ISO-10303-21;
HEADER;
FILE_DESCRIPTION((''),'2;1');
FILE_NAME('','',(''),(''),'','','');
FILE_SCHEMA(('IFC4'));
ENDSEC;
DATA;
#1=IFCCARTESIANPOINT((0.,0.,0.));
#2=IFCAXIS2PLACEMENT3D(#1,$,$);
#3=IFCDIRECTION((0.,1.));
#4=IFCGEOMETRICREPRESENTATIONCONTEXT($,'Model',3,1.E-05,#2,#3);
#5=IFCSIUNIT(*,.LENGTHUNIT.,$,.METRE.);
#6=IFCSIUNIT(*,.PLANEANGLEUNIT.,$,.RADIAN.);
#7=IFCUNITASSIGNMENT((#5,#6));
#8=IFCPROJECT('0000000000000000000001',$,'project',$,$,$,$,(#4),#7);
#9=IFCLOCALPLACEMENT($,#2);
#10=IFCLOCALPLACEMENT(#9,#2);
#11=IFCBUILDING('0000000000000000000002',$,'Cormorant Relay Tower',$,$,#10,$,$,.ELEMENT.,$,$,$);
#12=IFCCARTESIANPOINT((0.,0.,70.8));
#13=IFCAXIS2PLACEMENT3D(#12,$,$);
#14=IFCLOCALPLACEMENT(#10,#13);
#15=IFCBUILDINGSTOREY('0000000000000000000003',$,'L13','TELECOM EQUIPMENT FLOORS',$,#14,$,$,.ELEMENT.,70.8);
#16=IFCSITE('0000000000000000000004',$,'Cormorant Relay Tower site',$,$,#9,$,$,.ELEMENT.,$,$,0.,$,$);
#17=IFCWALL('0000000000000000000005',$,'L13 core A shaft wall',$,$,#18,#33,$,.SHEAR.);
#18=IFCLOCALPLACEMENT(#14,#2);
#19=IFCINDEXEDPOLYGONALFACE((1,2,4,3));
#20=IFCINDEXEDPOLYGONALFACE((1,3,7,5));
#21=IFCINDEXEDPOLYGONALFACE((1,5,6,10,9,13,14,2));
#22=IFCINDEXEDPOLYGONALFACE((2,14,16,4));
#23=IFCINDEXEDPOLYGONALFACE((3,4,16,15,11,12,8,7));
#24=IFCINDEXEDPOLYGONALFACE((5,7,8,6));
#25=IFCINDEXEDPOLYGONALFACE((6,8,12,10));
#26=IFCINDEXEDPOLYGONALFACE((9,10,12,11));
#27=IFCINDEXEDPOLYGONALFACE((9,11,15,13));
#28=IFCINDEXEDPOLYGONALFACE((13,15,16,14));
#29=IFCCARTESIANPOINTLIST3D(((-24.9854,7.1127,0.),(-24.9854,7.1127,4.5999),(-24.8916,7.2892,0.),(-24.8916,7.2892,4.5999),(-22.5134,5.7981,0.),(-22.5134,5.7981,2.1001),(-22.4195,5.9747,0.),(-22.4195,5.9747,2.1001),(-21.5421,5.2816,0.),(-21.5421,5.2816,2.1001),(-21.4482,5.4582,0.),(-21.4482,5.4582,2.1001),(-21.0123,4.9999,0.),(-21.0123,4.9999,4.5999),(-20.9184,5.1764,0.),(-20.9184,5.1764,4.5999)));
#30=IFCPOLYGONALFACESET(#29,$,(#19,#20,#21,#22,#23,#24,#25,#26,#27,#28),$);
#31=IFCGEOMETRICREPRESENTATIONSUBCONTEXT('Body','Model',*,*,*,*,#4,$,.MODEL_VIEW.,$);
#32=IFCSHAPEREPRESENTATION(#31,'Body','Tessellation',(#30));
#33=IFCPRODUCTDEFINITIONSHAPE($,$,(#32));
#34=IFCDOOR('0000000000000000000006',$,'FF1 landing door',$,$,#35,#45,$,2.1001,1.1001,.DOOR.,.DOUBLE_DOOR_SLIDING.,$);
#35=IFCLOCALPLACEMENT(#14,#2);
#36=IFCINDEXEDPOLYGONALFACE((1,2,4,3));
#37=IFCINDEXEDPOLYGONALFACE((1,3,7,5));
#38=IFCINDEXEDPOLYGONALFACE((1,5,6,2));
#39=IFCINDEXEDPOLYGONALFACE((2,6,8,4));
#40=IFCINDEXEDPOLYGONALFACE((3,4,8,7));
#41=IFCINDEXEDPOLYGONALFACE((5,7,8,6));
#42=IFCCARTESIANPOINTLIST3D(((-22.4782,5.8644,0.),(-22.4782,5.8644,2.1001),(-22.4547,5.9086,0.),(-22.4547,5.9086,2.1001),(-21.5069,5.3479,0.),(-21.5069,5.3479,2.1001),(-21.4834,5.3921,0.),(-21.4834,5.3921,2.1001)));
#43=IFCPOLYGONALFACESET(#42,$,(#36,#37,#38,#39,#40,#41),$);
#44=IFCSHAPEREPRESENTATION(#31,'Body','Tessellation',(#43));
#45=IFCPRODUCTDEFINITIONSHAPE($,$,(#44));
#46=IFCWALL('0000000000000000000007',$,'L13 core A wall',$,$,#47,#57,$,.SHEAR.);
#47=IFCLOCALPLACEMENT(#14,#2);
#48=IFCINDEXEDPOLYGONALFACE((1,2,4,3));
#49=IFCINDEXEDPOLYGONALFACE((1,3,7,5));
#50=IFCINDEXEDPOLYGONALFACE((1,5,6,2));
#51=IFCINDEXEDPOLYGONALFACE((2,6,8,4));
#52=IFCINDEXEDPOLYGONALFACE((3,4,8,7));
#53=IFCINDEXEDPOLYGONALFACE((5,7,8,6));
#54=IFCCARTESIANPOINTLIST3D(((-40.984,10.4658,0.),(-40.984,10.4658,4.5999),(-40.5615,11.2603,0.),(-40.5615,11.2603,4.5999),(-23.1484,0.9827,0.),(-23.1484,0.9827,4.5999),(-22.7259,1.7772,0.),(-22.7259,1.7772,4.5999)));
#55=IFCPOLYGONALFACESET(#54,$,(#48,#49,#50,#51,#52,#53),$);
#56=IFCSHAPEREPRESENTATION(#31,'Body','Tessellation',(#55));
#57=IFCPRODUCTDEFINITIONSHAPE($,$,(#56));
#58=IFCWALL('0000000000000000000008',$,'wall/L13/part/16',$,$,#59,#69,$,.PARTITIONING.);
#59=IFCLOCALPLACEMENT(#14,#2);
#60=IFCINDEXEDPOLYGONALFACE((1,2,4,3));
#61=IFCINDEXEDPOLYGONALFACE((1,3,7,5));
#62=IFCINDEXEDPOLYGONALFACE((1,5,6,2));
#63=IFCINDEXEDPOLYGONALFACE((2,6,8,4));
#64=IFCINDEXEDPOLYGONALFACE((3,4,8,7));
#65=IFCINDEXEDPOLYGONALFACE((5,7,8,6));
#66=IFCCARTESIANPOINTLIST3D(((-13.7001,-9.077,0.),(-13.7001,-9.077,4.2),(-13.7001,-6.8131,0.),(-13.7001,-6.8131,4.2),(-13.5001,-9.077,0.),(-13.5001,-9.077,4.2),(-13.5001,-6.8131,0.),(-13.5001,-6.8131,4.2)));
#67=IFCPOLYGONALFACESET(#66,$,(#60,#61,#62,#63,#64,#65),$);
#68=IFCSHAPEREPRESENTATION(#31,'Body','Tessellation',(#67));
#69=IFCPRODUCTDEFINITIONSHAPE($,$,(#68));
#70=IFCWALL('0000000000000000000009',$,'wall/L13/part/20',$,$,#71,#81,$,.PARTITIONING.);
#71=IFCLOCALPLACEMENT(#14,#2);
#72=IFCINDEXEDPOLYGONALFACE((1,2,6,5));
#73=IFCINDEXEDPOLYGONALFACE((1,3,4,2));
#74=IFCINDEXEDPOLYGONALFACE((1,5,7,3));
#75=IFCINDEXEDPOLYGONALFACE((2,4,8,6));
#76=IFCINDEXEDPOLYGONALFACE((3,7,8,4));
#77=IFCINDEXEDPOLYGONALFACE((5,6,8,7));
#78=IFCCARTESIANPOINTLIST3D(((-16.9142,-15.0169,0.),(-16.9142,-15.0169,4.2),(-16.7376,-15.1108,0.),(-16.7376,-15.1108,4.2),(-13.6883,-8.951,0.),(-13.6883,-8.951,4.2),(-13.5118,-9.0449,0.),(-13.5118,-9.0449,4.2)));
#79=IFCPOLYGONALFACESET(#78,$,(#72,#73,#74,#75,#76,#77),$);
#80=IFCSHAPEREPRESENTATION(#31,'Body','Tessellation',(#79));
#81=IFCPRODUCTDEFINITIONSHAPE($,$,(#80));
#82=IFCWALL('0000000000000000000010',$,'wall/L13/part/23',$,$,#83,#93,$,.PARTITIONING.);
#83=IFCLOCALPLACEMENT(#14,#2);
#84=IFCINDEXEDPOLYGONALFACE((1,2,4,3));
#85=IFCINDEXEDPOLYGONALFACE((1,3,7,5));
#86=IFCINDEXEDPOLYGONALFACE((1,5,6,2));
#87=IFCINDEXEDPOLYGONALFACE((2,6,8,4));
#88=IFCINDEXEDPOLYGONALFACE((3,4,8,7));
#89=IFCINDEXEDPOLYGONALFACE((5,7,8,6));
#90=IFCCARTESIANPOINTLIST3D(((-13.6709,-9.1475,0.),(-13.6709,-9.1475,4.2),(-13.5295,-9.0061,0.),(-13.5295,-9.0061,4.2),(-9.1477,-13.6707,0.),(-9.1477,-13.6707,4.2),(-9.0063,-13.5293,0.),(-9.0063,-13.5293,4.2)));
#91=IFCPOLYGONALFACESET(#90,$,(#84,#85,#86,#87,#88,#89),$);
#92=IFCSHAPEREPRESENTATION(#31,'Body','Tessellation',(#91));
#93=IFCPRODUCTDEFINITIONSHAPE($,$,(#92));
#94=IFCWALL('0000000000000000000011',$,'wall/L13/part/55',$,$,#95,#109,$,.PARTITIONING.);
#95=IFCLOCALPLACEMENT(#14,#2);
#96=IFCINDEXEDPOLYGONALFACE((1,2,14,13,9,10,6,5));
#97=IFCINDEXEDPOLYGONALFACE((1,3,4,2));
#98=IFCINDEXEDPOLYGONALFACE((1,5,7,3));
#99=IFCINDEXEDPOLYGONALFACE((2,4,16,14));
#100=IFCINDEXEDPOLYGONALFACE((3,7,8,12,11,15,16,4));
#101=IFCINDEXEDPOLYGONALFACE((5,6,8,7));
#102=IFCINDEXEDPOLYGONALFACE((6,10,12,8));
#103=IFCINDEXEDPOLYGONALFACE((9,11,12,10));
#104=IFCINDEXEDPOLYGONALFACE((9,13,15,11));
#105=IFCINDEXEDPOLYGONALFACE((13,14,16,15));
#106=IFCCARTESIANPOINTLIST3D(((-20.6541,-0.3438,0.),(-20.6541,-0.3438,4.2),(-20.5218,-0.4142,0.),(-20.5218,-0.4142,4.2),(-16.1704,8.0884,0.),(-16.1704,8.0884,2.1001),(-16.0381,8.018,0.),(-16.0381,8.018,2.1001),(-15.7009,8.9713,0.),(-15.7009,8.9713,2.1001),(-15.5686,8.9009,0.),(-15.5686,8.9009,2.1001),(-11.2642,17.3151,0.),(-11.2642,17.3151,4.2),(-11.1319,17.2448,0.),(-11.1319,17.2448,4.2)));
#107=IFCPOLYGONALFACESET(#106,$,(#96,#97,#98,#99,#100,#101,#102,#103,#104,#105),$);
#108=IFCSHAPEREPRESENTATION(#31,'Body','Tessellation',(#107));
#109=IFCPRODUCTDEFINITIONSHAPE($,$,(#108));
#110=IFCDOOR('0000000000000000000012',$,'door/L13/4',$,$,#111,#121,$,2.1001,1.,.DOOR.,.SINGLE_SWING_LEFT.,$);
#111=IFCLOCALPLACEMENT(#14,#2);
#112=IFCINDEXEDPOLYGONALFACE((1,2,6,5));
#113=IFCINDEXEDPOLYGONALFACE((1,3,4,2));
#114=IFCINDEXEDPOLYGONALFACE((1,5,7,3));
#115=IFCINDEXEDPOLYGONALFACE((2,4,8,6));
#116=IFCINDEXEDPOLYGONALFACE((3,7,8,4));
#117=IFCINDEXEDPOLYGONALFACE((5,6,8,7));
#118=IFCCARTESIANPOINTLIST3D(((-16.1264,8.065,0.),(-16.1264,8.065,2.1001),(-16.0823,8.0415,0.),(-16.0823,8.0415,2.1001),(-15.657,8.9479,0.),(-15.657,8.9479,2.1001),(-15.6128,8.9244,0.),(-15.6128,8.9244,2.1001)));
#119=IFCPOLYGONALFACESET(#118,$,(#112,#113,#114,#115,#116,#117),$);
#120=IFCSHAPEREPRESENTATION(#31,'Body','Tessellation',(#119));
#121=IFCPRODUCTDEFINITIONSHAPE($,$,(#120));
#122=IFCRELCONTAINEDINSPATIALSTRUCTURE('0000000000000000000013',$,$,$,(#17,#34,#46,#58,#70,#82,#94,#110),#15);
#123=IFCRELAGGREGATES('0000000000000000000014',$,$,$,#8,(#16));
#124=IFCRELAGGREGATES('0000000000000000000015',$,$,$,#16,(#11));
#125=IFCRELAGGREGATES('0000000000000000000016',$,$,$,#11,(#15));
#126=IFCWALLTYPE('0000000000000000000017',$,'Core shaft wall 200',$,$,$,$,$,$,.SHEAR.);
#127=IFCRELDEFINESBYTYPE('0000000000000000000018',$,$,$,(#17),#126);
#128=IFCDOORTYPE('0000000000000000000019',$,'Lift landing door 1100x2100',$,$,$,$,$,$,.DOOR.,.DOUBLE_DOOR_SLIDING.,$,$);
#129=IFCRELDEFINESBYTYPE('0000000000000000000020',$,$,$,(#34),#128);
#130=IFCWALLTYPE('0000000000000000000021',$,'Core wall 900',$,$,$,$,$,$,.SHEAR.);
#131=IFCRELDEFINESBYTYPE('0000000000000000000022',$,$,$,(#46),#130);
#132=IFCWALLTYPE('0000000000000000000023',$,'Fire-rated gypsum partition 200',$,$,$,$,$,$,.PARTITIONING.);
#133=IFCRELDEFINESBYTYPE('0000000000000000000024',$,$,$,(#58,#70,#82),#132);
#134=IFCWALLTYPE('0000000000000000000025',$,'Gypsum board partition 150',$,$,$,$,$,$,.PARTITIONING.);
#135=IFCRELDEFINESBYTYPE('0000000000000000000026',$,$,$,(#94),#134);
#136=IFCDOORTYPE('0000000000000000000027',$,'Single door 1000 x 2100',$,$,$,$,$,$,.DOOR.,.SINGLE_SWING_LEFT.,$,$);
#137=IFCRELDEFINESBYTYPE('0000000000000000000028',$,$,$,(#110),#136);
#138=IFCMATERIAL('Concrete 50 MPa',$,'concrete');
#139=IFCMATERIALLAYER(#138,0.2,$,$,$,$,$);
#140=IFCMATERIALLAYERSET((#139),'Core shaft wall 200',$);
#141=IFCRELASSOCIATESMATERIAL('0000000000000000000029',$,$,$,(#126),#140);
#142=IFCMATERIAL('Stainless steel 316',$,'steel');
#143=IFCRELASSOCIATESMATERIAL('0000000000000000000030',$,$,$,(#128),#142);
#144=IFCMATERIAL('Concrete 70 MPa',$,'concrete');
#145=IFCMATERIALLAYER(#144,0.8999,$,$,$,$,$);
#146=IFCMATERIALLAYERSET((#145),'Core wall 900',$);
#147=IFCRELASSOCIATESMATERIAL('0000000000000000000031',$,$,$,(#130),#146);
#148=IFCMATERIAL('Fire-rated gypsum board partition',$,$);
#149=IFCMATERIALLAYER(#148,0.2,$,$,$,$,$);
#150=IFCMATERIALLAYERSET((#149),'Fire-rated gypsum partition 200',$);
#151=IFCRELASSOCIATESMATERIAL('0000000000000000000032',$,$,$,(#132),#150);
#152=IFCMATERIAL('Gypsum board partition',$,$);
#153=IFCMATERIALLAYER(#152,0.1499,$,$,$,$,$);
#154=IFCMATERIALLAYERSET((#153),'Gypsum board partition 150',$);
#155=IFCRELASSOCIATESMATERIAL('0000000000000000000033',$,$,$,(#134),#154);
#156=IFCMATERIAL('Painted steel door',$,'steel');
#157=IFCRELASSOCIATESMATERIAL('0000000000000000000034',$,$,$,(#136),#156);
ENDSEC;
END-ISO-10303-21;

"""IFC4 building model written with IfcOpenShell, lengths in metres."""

from ifc_helpers import new_model, si_unit, direction, frame, frame_2d, origin, place, context, subcontext, project, spatial, rectangle, extrude, material, layer, layer_set, type_object, element, fill, save


model = new_model("IFC4")

# Units and contexts
model_context = context("Model", 3, precision=1e-05, world=origin(), true_north=direction((0.0, 1.0)))
body_context = subcontext(model_context, "Body", "Model", "MODEL_VIEW")
ifc_project = project(units=[si_unit("LENGTHUNIT", "METRE"), si_unit("PLANEANGLEUNIT", "RADIAN")], contexts=[model_context])

# Site, building, storey
site_placement = place(None, origin())
site = spatial("IfcSite", under=ifc_project, at=site_placement, Name="Cormorant Relay Tower site", CompositionType="ELEMENT", RefElevation=0.0)
building_placement = place(site_placement, origin())
building = spatial("IfcBuilding", under=site, at=building_placement, Name="Cormorant Relay Tower", CompositionType="ELEMENT")
storey_placement = place(building_placement, frame((0.0, 0.0, 70.8)))
storey = spatial("IfcBuildingStorey", under=building, at=storey_placement, Name="L13", Description="TELECOM EQUIPMENT FLOORS", CompositionType="ELEMENT", Elevation=70.8)

# Shared definitions
ifc_material_1 = material(Name="Concrete 50 MPa", Category="concrete")
ifc_layer_1 = layer(ifc_material_1, 0.2)
ifc_layer_set_1 = layer_set([ifc_layer_1], Name="Core shaft wall 200")
wall_type_1 = type_object("IfcWallType", Name="Core shaft wall 200", PredefinedType="SHEAR", material=ifc_layer_set_1)

# Wall, opening, door
wall_1_placement = place(storey_placement, frame((-20.9653, 5.0881, 0.0), z_axis=(0.0, 0.0, 1.0), x_axis=(-0.882926, 0.469512, 0.0)))
wall_1 = element("IfcWall", 1, at=wall_1_placement, inside=storey, type_object=wall_type_1, Name="L13 core A shaft wall", PredefinedType="SHEAR", context=body_context, shape_type="SweptSolid", body=[
    extrude(rectangle(XDim=4.5, YDim=0.2, at=frame_2d((2.25, 0.0))), origin(), (0.0, 0.0, 1.0), 4.5999),
])
opening_1_placement = place(wall_1_placement, frame((0.6001, 0.0, 0.0)))
opening_1 = element("IfcOpeningElement", 2, at=opening_1_placement, cuts=wall_1, PredefinedType="OPENING", context=body_context, shape_type="SweptSolid", body=[
    extrude(rectangle(XDim=1.1001, YDim=2.1001, at=frame_2d((0.55, 1.05))), frame((0.0, 0.1099, 0.0), z_axis=(0.0, -1.0, 0.0), x_axis=(1.0, 0.0, 0.0)), (0.0, 0.0, 1.0), 0.22),
])
ifc_material_2 = material(Name="Stainless steel 316", Category="steel")
door_type_1 = type_object("IfcDoorType", Name="Lift landing door 1100x2100", OperationType="DOUBLE_DOOR_SLIDING", PredefinedType="DOOR", material=ifc_material_2)
door_1_placement = place(opening_1_placement, origin())
door_1 = element("IfcDoor", 3, at=door_1_placement, inside=storey, type_object=door_type_1, Name="FF1 landing door", OperationType="DOUBLE_DOOR_SLIDING", OverallHeight=2.1001, OverallWidth=1.1001, PredefinedType="DOOR", context=body_context, shape_type="SweptSolid", body=[
    extrude(rectangle(XDim=1.1001, YDim=2.1001, at=frame_2d((0.55, 1.05))), frame((0.0, 0.0249, 0.0), z_axis=(0.0, -1.0, 0.0), x_axis=(1.0, 0.0, 0.0)), (0.0, 0.0, 1.0), 0.05),
])
fill(opening_1, door_1)

# Walls
ifc_material_3 = material(Name="Concrete 70 MPa", Category="concrete")
ifc_layer_2 = layer(ifc_material_3, 0.8999)
ifc_layer_set_2 = layer_set([ifc_layer_2], Name="Core wall 900")
wall_type_2 = type_object("IfcWallType", Name="Core wall 900", PredefinedType="SHEAR", material=ifc_layer_set_2)
wall_2_placement = place(storey_placement, frame((-22.937, 1.3799, 0.0), z_axis=(0.0, 0.0, 1.0), x_axis=(-0.882953, 0.469462, 0.0)))
element("IfcWall", 4, at=wall_2_placement, inside=storey, type_object=wall_type_2, Name="L13 core A wall", PredefinedType="SHEAR", context=body_context, shape_type="SweptSolid", body=[
    extrude(rectangle(XDim=20.2, YDim=0.8999, at=frame_2d((10.1001, 0.0))), origin(), (0.0, 0.0, 1.0), 4.5999),
])
ifc_material_4 = material(Name="Fire-rated gypsum board partition")
ifc_layer_3 = layer(ifc_material_4, 0.2)
ifc_layer_set_3 = layer_set([ifc_layer_3], Name="Fire-rated gypsum partition 200")
wall_type_3 = type_object("IfcWallType", Name="Fire-rated gypsum partition 200", PredefinedType="PARTITIONING", material=ifc_layer_set_3)
wall_3_placement = place(storey_placement, frame((-13.6001, -9.0769, 0.0), z_axis=(0.0, 0.0, 1.0), x_axis=(0.0, 1.0, 0.0)))
element("IfcWall", 5, at=wall_3_placement, inside=storey, type_object=wall_type_3, Name="wall/L13/part/16", PredefinedType="PARTITIONING", context=body_context, shape_type="SweptSolid", body=[
    extrude(rectangle(XDim=2.2639, YDim=0.2, at=frame_2d((1.1318, 0.0))), origin(), (0.0, 0.0, 1.0), 4.2),
])
wall_4_placement = place(storey_placement, frame((-13.6001, -8.998, 0.0), z_axis=(0.0, 0.0, 1.0), x_axis=(-0.469531, -0.882916, 0.0)))
element("IfcWall", 6, at=wall_4_placement, inside=storey, type_object=wall_type_3, Name="wall/L13/part/20", PredefinedType="PARTITIONING", context=body_context, shape_type="SweptSolid", body=[
    extrude(rectangle(XDim=6.8704, YDim=0.2, at=frame_2d((3.4351, 0.0))), origin(), (0.0, 0.0, 1.0), 4.2),
])
wall_5_placement = place(storey_placement, frame((-13.6001, -9.0769, 0.0), z_axis=(0.0, 0.0, 1.0), x_axis=(0.707107, -0.707107, 0.0)))
element("IfcWall", 7, at=wall_5_placement, inside=storey, type_object=wall_type_3, Name="wall/L13/part/23", PredefinedType="PARTITIONING", context=body_context, shape_type="SweptSolid", body=[
    extrude(rectangle(XDim=6.3967, YDim=0.2, at=frame_2d((3.1982, 0.0))), origin(), (0.0, 0.0, 1.0), 4.2),
])

# Wall, opening, door
ifc_material_5 = material(Name="Gypsum board partition")
ifc_layer_4 = layer(ifc_material_5, 0.1499)
ifc_layer_set_4 = layer_set([ifc_layer_4], Name="Gypsum board partition 150")
wall_type_4 = type_object("IfcWallType", Name="Gypsum board partition 150", PredefinedType="PARTITIONING", material=ifc_layer_set_4)
wall_6_placement = place(storey_placement, frame((-20.5879, -0.3789, 0.0), z_axis=(0.0, 0.0, 1.0), x_axis=(0.46949, 0.882938, 0.0)))
wall_6 = element("IfcWall", 8, at=wall_6_placement, inside=storey, type_object=wall_type_4, Name="wall/L13/part/55", PredefinedType="PARTITIONING", context=body_context, shape_type="SweptSolid", body=[
    extrude(rectangle(XDim=20.0002, YDim=0.1499, at=frame_2d((10.0, 0.0))), origin(), (0.0, 0.0, 1.0), 4.2),
])
opening_2_placement = place(wall_6_placement, frame((9.55, 0.0, 0.0)))
opening_2 = element("IfcOpeningElement", 9, at=opening_2_placement, cuts=wall_6, PredefinedType="OPENING", context=body_context, shape_type="SweptSolid", body=[
    extrude(rectangle(XDim=1.0, YDim=2.1001, at=frame_2d((0.5, 1.05))), frame((0.0, 0.085, 0.0), z_axis=(0.0, -1.0, 0.0), x_axis=(1.0, 0.0, 0.0)), (0.0, 0.0, 1.0), 0.1699),
])
ifc_material_6 = material(Name="Painted steel door", Category="steel")
door_type_2 = type_object("IfcDoorType", Name="Single door 1000 x 2100", OperationType="SINGLE_SWING_LEFT", PredefinedType="DOOR", material=ifc_material_6)
door_2_placement = place(opening_2_placement, frame((1.0, 0.0, 0.0), z_axis=(0.0, 0.0, 1.0), x_axis=(-1.0, 0.0, 0.0)))
door_2 = element("IfcDoor", 10, at=door_2_placement, inside=storey, type_object=door_type_2, Name="door/L13/4", OperationType="SINGLE_SWING_LEFT", OverallHeight=2.1001, OverallWidth=1.0, PredefinedType="DOOR", context=body_context, shape_type="SweptSolid", body=[
    extrude(rectangle(XDim=1.0, YDim=2.1001, at=frame_2d((0.5, 1.05))), frame((0.0, 0.0249, 0.0), z_axis=(0.0, -1.0, 0.0), x_axis=(1.0, 0.0, 0.0)), (0.0, 0.0, 1.0), 0.05),
])
fill(opening_2, door_2)

save(model, "model.ifc")
